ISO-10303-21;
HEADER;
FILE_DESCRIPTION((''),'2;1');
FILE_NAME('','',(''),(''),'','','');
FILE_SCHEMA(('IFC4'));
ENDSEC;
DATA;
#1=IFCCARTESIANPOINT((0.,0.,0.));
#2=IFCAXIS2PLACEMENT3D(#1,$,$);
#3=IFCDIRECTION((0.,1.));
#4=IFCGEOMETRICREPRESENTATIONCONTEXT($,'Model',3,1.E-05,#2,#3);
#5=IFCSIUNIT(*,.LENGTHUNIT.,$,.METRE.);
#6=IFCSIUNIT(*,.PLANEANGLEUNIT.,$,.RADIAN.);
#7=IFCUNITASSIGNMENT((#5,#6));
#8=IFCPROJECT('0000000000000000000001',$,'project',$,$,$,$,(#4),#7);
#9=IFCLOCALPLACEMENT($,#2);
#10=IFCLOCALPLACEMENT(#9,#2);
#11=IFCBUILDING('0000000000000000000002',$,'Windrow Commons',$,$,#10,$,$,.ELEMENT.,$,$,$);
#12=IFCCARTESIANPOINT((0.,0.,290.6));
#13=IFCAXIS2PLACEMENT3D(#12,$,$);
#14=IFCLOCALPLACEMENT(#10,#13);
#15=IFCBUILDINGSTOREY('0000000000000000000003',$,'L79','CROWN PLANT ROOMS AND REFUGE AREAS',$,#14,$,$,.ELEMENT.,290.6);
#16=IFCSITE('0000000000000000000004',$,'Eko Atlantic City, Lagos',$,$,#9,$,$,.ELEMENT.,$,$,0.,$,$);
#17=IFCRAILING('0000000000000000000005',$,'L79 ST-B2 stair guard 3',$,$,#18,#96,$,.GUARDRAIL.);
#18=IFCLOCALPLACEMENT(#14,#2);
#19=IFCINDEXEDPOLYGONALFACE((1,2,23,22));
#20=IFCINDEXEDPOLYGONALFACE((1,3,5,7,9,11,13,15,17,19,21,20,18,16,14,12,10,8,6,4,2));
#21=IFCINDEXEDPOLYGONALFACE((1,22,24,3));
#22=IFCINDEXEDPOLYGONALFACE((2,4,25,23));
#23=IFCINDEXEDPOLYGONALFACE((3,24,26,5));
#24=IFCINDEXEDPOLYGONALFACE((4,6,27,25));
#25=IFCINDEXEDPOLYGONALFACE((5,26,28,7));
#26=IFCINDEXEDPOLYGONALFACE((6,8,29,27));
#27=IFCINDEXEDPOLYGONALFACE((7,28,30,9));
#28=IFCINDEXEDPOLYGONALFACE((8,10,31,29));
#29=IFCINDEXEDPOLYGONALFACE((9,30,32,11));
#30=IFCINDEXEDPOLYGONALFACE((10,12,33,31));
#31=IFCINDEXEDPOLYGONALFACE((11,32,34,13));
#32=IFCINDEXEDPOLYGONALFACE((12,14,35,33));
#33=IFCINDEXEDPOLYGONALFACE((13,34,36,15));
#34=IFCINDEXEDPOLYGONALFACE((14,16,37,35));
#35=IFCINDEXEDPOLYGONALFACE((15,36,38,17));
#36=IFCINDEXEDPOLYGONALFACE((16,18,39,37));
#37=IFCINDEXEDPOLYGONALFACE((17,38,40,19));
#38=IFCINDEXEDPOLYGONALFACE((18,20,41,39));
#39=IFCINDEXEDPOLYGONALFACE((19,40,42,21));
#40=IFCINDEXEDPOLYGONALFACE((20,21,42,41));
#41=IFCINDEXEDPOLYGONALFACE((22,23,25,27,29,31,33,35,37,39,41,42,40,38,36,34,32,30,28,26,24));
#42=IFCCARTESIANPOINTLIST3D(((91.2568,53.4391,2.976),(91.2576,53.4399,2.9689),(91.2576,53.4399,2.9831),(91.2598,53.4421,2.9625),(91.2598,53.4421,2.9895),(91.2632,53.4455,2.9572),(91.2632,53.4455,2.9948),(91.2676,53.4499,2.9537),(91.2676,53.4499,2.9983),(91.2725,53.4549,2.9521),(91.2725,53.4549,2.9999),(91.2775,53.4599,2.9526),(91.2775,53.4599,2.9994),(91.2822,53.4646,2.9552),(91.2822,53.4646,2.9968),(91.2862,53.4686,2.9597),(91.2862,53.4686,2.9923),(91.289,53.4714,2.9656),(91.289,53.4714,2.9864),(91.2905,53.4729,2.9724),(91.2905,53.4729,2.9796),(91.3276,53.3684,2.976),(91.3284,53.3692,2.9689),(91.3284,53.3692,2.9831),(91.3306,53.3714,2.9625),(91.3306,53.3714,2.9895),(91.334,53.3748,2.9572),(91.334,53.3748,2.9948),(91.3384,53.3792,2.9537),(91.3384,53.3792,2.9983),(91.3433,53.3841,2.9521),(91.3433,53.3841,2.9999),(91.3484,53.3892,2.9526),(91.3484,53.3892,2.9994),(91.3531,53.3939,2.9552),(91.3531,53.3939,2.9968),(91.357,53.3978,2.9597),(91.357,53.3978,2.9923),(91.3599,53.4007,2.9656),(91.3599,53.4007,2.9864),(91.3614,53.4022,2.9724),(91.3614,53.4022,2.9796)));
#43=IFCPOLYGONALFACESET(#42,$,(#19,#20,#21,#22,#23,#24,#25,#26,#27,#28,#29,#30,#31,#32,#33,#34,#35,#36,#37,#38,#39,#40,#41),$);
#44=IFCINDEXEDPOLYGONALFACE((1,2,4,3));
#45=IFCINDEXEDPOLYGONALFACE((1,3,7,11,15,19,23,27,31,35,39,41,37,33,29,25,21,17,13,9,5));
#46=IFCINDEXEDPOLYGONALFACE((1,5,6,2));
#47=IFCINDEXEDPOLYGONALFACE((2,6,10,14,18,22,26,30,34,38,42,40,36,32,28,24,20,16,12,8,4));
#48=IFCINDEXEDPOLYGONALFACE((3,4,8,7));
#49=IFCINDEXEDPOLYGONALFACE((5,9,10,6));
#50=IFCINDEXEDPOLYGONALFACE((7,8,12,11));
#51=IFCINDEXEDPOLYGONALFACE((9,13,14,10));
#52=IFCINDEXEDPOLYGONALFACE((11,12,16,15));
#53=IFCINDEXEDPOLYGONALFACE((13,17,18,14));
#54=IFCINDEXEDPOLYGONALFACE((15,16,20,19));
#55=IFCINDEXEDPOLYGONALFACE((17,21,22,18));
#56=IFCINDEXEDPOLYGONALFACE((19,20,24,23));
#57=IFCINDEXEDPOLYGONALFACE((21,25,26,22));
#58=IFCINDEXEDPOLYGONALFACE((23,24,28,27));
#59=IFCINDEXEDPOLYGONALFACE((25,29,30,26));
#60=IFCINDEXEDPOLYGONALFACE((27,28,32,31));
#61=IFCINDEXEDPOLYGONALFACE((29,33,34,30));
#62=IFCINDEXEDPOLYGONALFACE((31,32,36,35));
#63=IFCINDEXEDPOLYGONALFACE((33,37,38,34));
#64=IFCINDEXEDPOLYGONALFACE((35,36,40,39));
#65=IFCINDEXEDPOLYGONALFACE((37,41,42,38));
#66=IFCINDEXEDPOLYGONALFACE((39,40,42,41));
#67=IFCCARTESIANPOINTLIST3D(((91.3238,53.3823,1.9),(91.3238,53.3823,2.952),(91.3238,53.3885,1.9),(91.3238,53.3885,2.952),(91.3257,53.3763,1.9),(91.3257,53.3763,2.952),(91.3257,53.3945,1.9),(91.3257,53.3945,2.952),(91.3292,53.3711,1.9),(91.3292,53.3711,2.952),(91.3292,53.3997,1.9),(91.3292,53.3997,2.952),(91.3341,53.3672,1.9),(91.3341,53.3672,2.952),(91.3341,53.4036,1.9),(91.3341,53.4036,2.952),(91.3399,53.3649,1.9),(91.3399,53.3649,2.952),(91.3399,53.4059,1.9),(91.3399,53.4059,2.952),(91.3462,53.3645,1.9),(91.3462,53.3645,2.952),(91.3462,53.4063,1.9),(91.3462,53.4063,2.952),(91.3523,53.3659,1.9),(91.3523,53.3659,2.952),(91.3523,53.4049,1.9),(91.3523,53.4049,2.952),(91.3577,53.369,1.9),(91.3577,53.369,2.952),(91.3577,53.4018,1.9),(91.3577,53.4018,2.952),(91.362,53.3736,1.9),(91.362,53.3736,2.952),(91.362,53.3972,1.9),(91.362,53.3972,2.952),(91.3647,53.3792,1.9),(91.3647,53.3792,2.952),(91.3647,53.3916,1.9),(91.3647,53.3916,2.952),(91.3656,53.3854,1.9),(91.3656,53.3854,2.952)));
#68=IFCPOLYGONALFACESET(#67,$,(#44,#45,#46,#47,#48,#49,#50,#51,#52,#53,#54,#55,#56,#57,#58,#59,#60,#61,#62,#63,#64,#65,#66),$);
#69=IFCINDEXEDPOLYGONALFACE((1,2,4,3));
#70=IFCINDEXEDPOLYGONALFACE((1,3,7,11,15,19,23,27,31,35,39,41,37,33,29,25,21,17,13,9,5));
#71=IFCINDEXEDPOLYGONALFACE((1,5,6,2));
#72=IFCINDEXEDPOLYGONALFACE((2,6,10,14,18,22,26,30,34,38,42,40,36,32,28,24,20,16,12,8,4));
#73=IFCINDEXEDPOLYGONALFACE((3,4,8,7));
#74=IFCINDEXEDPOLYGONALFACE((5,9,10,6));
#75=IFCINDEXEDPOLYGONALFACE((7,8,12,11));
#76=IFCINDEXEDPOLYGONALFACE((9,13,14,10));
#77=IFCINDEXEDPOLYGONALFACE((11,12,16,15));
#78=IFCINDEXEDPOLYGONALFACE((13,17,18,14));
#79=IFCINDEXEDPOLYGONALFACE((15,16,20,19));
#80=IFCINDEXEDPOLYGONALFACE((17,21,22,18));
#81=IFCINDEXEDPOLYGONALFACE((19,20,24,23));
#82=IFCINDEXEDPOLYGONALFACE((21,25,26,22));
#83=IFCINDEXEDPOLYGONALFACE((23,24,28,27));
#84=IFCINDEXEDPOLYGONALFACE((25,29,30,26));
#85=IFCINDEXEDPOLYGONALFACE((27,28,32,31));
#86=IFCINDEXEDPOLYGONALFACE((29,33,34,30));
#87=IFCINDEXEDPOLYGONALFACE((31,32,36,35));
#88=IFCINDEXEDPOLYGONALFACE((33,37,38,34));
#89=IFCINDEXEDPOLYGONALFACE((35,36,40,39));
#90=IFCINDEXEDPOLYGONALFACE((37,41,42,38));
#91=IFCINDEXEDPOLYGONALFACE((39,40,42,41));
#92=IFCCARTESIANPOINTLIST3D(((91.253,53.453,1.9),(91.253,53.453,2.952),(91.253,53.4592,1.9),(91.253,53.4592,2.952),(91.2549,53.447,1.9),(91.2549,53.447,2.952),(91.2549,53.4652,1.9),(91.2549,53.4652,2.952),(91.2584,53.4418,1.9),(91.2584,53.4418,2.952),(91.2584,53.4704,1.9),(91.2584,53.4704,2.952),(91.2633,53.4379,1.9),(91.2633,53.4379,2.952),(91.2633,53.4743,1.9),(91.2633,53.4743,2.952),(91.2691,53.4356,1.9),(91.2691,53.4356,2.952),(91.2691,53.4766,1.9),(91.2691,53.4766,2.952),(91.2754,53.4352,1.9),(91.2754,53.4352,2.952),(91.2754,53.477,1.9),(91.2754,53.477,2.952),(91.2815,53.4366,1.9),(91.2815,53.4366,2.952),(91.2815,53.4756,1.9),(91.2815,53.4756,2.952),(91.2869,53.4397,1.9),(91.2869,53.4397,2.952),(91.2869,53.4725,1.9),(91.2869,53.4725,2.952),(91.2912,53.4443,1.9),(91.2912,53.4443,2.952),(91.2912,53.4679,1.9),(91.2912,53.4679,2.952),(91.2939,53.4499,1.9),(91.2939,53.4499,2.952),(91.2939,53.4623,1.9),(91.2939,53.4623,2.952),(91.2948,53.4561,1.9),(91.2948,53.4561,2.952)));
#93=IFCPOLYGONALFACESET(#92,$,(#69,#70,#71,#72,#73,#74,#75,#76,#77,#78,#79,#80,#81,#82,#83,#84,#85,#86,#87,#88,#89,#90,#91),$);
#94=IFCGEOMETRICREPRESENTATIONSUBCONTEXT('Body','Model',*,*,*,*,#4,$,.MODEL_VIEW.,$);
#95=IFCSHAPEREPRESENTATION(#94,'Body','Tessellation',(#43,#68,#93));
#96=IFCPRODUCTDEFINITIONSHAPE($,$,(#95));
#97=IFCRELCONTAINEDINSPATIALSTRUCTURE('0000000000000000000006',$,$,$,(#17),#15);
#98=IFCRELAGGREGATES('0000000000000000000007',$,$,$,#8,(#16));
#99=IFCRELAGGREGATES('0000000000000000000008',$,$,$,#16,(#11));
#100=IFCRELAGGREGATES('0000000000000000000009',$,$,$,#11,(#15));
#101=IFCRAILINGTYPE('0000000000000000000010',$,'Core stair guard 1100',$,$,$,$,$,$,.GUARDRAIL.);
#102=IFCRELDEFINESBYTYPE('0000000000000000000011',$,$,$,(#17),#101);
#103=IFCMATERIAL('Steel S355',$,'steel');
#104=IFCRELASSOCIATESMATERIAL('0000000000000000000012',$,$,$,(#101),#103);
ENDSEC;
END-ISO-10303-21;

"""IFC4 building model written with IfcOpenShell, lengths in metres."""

from ifc_helpers import new_model, si_unit, direction, frame, origin, origin_2d, place, context, subcontext, project, spatial, circle, extrude, material, type_object, element, save


model = new_model("IFC4")

# Units and contexts
model_context = context("Model", 3, precision=1e-05, world=origin(), true_north=direction((0.0, 1.0)))
body_context = subcontext(model_context, "Body", "Model", "MODEL_VIEW")
ifc_project = project(units=[si_unit("LENGTHUNIT", "METRE"), si_unit("PLANEANGLEUNIT", "RADIAN")], contexts=[model_context])

# Site, building, storey
site_placement = place(None, origin())
site = spatial("IfcSite", under=ifc_project, at=site_placement, Name="Eko Atlantic City, Lagos", CompositionType="ELEMENT", RefElevation=0.0)
building_placement = place(site_placement, origin())
building = spatial("IfcBuilding", under=site, at=building_placement, Name="Windrow Commons", CompositionType="ELEMENT")
storey_placement = place(building_placement, frame((0.0, 0.0, 290.6)))
storey = spatial("IfcBuildingStorey", under=building, at=storey_placement, Name="L79", Description="CROWN PLANT ROOMS AND REFUGE AREAS", CompositionType="ELEMENT", Elevation=290.6)

# Railing
ifc_material_1 = material(Name="Steel S355", Category="steel")
railing_type_1 = type_object("IfcRailingType", Name="Core stair guard 1100", PredefinedType="GUARDRAIL", material=ifc_material_1)
railing_1_placement = place(storey_placement, frame((91.3446, 53.3854, 1.9)))
element("IfcRailing", 1, at=railing_1_placement, inside=storey, type_object=railing_type_1, Name="L79 ST-B2 stair guard 3", PredefinedType="GUARDRAIL", context=body_context, shape_type="SweptSolid", body=[
    extrude(circle(Radius=0.024, at=origin_2d()), frame((0.0, 0.0, 1.076), z_axis=(-0.707606, 0.706607, 0.0), x_axis=(-0.706607, -0.707606, 0.0)), (0.0, 0.0, 1.0), 0.1001),
    extrude(circle(Radius=0.021, at=origin_2d()), origin(), (0.0, 0.0, 1.0), 1.052),
    extrude(circle(Radius=0.021, at=origin_2d()), frame((-0.0708, 0.0707, 0.0)), (0.0, 0.0, 1.0), 1.052),
])

save(model, "model.ifc")
